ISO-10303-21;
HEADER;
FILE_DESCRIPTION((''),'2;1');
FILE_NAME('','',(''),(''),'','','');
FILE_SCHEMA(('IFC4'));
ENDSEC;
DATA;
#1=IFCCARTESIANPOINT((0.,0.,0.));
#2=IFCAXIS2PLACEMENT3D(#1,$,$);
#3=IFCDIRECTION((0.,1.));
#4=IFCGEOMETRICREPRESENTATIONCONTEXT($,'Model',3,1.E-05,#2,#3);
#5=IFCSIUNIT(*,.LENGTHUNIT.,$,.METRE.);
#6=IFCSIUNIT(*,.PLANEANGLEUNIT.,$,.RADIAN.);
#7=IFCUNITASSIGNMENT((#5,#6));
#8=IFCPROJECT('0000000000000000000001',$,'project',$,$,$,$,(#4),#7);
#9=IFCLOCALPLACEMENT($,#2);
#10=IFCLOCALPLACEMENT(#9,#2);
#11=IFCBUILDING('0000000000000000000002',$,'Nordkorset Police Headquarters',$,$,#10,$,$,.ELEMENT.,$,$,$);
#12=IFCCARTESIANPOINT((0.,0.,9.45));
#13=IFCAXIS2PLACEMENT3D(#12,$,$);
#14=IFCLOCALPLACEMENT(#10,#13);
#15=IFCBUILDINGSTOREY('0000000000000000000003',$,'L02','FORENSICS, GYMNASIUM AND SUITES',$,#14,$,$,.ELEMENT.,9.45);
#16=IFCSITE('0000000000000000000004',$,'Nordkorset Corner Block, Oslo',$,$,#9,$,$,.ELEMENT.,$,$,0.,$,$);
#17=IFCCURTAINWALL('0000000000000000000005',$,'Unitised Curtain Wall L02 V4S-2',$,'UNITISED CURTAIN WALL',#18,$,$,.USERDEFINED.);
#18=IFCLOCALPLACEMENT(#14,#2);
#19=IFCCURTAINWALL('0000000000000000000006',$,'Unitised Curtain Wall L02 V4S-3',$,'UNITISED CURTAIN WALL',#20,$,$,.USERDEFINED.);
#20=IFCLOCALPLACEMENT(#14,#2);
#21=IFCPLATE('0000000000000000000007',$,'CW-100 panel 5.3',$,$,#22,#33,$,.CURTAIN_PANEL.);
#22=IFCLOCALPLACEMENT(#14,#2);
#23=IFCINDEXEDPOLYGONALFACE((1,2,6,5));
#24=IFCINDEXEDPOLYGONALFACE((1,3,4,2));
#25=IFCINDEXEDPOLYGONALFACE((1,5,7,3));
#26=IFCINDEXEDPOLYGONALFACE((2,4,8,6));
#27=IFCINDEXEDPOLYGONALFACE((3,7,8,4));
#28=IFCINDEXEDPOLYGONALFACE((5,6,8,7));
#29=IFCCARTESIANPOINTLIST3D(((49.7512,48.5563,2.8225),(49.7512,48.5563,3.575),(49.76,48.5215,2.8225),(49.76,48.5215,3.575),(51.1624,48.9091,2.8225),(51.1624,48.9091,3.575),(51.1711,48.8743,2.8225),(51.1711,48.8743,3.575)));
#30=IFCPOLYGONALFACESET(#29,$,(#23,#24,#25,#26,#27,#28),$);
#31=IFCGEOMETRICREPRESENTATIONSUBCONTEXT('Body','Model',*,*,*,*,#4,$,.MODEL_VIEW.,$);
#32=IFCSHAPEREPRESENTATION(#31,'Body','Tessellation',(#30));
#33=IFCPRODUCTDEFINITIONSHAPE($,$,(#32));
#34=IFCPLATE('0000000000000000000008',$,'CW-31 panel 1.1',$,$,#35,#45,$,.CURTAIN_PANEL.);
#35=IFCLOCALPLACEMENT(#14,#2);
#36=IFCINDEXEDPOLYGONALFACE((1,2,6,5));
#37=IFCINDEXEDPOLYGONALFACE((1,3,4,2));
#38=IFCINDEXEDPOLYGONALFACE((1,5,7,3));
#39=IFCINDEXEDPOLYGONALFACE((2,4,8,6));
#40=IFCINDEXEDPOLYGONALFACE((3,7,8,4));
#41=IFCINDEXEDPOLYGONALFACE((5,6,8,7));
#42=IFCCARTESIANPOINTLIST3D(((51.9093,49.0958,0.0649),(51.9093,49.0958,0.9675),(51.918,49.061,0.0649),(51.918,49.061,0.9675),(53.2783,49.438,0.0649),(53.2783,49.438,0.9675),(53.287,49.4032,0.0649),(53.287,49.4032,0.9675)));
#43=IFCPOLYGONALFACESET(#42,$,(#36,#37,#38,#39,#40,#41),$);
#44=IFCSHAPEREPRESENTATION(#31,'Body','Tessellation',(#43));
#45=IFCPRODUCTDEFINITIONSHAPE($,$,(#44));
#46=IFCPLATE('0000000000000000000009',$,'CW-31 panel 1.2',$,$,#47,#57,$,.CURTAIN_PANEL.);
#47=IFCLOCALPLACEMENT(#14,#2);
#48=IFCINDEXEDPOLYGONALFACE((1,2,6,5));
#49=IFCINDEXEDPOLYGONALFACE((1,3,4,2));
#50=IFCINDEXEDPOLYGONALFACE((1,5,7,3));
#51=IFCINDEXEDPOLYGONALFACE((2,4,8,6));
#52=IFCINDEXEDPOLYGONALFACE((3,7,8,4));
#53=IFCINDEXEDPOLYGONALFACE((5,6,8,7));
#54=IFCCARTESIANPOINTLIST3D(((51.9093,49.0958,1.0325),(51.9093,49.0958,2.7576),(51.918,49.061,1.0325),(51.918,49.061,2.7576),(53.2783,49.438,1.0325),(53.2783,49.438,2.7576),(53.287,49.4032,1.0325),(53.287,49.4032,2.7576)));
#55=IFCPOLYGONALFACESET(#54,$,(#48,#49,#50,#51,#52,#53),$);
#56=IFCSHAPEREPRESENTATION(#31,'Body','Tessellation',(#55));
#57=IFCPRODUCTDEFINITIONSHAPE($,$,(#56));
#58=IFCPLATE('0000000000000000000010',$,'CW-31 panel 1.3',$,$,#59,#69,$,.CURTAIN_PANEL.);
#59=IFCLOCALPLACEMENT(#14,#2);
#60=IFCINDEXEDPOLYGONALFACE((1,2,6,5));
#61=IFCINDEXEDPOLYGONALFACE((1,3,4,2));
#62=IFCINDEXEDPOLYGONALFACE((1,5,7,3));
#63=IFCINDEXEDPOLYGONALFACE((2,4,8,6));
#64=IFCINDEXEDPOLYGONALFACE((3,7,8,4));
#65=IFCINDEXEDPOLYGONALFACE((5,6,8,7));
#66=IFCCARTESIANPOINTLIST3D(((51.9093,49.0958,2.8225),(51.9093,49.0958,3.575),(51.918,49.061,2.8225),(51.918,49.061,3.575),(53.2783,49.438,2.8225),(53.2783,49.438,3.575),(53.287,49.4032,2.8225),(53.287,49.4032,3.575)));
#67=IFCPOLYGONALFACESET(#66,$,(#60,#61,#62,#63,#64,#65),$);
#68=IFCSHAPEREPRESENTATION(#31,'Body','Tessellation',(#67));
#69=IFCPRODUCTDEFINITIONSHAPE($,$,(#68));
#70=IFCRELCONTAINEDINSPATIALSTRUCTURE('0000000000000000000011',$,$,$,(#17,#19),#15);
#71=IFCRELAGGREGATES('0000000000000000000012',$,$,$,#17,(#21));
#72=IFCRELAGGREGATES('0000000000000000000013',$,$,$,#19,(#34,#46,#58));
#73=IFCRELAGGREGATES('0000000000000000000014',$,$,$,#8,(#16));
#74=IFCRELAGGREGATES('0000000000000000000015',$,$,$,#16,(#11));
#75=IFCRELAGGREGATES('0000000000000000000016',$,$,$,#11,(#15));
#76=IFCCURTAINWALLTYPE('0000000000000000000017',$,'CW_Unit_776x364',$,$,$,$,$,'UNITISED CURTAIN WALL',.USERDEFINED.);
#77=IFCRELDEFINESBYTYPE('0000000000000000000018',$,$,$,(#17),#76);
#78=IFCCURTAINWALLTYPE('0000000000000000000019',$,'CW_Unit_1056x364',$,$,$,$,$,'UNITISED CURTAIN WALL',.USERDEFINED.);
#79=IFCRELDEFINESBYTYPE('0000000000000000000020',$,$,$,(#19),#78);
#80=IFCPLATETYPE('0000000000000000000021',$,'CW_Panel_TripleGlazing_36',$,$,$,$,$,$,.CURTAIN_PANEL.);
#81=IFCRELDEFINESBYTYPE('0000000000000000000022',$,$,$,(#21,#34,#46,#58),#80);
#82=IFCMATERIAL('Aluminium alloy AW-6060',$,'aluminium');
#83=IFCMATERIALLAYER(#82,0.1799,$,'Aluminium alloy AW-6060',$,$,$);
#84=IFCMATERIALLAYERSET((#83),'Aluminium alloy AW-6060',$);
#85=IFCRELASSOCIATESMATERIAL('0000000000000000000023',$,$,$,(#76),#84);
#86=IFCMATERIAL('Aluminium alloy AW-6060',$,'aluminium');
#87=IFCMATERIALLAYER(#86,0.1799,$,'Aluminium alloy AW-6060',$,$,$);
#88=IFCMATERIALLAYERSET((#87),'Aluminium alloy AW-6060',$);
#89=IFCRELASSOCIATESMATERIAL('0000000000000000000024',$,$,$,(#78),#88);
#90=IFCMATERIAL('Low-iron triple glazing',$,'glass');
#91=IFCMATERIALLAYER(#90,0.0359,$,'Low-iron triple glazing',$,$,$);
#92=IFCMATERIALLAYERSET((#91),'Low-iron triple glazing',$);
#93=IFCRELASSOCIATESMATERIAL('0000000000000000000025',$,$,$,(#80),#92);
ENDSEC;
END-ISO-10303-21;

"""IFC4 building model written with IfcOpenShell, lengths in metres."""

from ifc_helpers import new_model, si_unit, direction, frame, origin, origin_2d, place, context, subcontext, project, spatial, rectangle, extrude, material, layer, layer_set, type_object, element, aggregate, save


model = new_model("IFC4")

# Units and contexts
model_context = context("Model", 3, precision=1e-05, world=origin(), true_north=direction((0.0, 1.0)))
body_context = subcontext(model_context, "Body", "Model", "MODEL_VIEW")
ifc_project = project(units=[si_unit("LENGTHUNIT", "METRE"), si_unit("PLANEANGLEUNIT", "RADIAN")], contexts=[model_context])

# Site, building, storey
site_placement = place(None, origin())
site = spatial("IfcSite", under=ifc_project, at=site_placement, Name="Nordkorset Corner Block, Oslo", CompositionType="ELEMENT", RefElevation=0.0)
building_placement = place(site_placement, origin())
building = spatial("IfcBuilding", under=site, at=building_placement, Name="Nordkorset Police Headquarters", CompositionType="ELEMENT")
storey_placement = place(building_placement, frame((0.0, 0.0, 9.45)))
storey = spatial("IfcBuildingStorey", under=building, at=storey_placement, Name="L02", Description="FORENSICS, GYMNASIUM AND SUITES", CompositionType="ELEMENT", Elevation=9.45)

# Curtain wall
ifc_material_1 = material(Name="Aluminium alloy AW-6060", Category="aluminium")
ifc_layer_1 = layer(ifc_material_1, 0.1799, Name="Aluminium alloy AW-6060")
ifc_layer_set_1 = layer_set([ifc_layer_1], Name="Aluminium alloy AW-6060")
curtain_wall_type_1 = type_object("IfcCurtainWallType", Name="CW_Unit_776x364", ElementType="UNITISED CURTAIN WALL", PredefinedType="USERDEFINED", material=ifc_layer_set_1)
curtain_wall_1_placement = place(storey_placement, origin())
curtain_wall_1 = element("IfcCurtainWall", 1, at=curtain_wall_1_placement, inside=storey, type_object=curtain_wall_type_1, Name="Unitised Curtain Wall L02 V4S-2", ObjectType="UNITISED CURTAIN WALL", PredefinedType="USERDEFINED")

# Curtain wall
ifc_material_2 = material(Name="Aluminium alloy AW-6060", Category="aluminium")
ifc_layer_2 = layer(ifc_material_2, 0.1799, Name="Aluminium alloy AW-6060")
ifc_layer_set_2 = layer_set([ifc_layer_2], Name="Aluminium alloy AW-6060")
curtain_wall_type_2 = type_object("IfcCurtainWallType", Name="CW_Unit_1056x364", ElementType="UNITISED CURTAIN WALL", PredefinedType="USERDEFINED", material=ifc_layer_set_2)
curtain_wall_2_placement = place(storey_placement, origin())
curtain_wall_2 = element("IfcCurtainWall", 2, at=curtain_wall_2_placement, inside=storey, type_object=curtain_wall_type_2, Name="Unitised Curtain Wall L02 V4S-3", ObjectType="UNITISED CURTAIN WALL", PredefinedType="USERDEFINED")

# Plates
ifc_material_3 = material(Name="Low-iron triple glazing", Category="glass")
ifc_layer_3 = layer(ifc_material_3, 0.0359, Name="Low-iron triple glazing")
ifc_layer_set_3 = layer_set([ifc_layer_3], Name="Low-iron triple glazing")
plate_type = type_object("IfcPlateType", Name="CW_Panel_TripleGlazing_36", PredefinedType="CURTAIN_PANEL", material=ifc_layer_set_3)
plate_1_placement = place(storey_placement, frame((50.4612, 48.7153, 2.8225), z_axis=(0.0, 0.0, 1.0), x_axis=(0.970143, 0.242535, 0.0)))
plate_1 = element("IfcPlate", 3, at=plate_1_placement, type_object=plate_type, Name="CW-100 panel 5.3", PredefinedType="CURTAIN_PANEL", context=body_context, shape_type="SweptSolid", body=[
    extrude(rectangle(XDim=1.4546, YDim=0.0359, at=origin_2d()), origin(), (0.0, 0.0, 1.0), 0.7524),
])
aggregate(curtain_wall_1, [plate_1])
plate_2_placement = place(storey_placement, frame((52.5981, 49.2495, 0.0649), z_axis=(0.0, 0.0, 1.0), x_axis=(0.970143, 0.242535, 0.0)))
plate_2 = element("IfcPlate", 4, at=plate_2_placement, type_object=plate_type, Name="CW-31 panel 1.1", PredefinedType="CURTAIN_PANEL", context=body_context, shape_type="SweptSolid", body=[
    extrude(rectangle(XDim=1.4111, YDim=0.0359, at=origin_2d()), origin(), (0.0, 0.0, 1.0), 0.9026),
])
plate_3_placement = place(storey_placement, frame((52.5981, 49.2495, 1.0325), z_axis=(0.0, 0.0, 1.0), x_axis=(0.970143, 0.242535, 0.0)))
plate_3 = element("IfcPlate", 5, at=plate_3_placement, type_object=plate_type, Name="CW-31 panel 1.2", PredefinedType="CURTAIN_PANEL", context=body_context, shape_type="SweptSolid", body=[
    extrude(rectangle(XDim=1.4111, YDim=0.0359, at=origin_2d()), origin(), (0.0, 0.0, 1.0), 1.7251),
])
plate_4_placement = place(storey_placement, frame((52.5981, 49.2495, 2.8225), z_axis=(0.0, 0.0, 1.0), x_axis=(0.970143, 0.242535, 0.0)))
plate_4 = element("IfcPlate", 6, at=plate_4_placement, type_object=plate_type, Name="CW-31 panel 1.3", PredefinedType="CURTAIN_PANEL", context=body_context, shape_type="SweptSolid", body=[
    extrude(rectangle(XDim=1.4111, YDim=0.0359, at=origin_2d()), origin(), (0.0, 0.0, 1.0), 0.7524),
])
aggregate(curtain_wall_2, [plate_2, plate_3, plate_4])

save(model, "model.ifc")
